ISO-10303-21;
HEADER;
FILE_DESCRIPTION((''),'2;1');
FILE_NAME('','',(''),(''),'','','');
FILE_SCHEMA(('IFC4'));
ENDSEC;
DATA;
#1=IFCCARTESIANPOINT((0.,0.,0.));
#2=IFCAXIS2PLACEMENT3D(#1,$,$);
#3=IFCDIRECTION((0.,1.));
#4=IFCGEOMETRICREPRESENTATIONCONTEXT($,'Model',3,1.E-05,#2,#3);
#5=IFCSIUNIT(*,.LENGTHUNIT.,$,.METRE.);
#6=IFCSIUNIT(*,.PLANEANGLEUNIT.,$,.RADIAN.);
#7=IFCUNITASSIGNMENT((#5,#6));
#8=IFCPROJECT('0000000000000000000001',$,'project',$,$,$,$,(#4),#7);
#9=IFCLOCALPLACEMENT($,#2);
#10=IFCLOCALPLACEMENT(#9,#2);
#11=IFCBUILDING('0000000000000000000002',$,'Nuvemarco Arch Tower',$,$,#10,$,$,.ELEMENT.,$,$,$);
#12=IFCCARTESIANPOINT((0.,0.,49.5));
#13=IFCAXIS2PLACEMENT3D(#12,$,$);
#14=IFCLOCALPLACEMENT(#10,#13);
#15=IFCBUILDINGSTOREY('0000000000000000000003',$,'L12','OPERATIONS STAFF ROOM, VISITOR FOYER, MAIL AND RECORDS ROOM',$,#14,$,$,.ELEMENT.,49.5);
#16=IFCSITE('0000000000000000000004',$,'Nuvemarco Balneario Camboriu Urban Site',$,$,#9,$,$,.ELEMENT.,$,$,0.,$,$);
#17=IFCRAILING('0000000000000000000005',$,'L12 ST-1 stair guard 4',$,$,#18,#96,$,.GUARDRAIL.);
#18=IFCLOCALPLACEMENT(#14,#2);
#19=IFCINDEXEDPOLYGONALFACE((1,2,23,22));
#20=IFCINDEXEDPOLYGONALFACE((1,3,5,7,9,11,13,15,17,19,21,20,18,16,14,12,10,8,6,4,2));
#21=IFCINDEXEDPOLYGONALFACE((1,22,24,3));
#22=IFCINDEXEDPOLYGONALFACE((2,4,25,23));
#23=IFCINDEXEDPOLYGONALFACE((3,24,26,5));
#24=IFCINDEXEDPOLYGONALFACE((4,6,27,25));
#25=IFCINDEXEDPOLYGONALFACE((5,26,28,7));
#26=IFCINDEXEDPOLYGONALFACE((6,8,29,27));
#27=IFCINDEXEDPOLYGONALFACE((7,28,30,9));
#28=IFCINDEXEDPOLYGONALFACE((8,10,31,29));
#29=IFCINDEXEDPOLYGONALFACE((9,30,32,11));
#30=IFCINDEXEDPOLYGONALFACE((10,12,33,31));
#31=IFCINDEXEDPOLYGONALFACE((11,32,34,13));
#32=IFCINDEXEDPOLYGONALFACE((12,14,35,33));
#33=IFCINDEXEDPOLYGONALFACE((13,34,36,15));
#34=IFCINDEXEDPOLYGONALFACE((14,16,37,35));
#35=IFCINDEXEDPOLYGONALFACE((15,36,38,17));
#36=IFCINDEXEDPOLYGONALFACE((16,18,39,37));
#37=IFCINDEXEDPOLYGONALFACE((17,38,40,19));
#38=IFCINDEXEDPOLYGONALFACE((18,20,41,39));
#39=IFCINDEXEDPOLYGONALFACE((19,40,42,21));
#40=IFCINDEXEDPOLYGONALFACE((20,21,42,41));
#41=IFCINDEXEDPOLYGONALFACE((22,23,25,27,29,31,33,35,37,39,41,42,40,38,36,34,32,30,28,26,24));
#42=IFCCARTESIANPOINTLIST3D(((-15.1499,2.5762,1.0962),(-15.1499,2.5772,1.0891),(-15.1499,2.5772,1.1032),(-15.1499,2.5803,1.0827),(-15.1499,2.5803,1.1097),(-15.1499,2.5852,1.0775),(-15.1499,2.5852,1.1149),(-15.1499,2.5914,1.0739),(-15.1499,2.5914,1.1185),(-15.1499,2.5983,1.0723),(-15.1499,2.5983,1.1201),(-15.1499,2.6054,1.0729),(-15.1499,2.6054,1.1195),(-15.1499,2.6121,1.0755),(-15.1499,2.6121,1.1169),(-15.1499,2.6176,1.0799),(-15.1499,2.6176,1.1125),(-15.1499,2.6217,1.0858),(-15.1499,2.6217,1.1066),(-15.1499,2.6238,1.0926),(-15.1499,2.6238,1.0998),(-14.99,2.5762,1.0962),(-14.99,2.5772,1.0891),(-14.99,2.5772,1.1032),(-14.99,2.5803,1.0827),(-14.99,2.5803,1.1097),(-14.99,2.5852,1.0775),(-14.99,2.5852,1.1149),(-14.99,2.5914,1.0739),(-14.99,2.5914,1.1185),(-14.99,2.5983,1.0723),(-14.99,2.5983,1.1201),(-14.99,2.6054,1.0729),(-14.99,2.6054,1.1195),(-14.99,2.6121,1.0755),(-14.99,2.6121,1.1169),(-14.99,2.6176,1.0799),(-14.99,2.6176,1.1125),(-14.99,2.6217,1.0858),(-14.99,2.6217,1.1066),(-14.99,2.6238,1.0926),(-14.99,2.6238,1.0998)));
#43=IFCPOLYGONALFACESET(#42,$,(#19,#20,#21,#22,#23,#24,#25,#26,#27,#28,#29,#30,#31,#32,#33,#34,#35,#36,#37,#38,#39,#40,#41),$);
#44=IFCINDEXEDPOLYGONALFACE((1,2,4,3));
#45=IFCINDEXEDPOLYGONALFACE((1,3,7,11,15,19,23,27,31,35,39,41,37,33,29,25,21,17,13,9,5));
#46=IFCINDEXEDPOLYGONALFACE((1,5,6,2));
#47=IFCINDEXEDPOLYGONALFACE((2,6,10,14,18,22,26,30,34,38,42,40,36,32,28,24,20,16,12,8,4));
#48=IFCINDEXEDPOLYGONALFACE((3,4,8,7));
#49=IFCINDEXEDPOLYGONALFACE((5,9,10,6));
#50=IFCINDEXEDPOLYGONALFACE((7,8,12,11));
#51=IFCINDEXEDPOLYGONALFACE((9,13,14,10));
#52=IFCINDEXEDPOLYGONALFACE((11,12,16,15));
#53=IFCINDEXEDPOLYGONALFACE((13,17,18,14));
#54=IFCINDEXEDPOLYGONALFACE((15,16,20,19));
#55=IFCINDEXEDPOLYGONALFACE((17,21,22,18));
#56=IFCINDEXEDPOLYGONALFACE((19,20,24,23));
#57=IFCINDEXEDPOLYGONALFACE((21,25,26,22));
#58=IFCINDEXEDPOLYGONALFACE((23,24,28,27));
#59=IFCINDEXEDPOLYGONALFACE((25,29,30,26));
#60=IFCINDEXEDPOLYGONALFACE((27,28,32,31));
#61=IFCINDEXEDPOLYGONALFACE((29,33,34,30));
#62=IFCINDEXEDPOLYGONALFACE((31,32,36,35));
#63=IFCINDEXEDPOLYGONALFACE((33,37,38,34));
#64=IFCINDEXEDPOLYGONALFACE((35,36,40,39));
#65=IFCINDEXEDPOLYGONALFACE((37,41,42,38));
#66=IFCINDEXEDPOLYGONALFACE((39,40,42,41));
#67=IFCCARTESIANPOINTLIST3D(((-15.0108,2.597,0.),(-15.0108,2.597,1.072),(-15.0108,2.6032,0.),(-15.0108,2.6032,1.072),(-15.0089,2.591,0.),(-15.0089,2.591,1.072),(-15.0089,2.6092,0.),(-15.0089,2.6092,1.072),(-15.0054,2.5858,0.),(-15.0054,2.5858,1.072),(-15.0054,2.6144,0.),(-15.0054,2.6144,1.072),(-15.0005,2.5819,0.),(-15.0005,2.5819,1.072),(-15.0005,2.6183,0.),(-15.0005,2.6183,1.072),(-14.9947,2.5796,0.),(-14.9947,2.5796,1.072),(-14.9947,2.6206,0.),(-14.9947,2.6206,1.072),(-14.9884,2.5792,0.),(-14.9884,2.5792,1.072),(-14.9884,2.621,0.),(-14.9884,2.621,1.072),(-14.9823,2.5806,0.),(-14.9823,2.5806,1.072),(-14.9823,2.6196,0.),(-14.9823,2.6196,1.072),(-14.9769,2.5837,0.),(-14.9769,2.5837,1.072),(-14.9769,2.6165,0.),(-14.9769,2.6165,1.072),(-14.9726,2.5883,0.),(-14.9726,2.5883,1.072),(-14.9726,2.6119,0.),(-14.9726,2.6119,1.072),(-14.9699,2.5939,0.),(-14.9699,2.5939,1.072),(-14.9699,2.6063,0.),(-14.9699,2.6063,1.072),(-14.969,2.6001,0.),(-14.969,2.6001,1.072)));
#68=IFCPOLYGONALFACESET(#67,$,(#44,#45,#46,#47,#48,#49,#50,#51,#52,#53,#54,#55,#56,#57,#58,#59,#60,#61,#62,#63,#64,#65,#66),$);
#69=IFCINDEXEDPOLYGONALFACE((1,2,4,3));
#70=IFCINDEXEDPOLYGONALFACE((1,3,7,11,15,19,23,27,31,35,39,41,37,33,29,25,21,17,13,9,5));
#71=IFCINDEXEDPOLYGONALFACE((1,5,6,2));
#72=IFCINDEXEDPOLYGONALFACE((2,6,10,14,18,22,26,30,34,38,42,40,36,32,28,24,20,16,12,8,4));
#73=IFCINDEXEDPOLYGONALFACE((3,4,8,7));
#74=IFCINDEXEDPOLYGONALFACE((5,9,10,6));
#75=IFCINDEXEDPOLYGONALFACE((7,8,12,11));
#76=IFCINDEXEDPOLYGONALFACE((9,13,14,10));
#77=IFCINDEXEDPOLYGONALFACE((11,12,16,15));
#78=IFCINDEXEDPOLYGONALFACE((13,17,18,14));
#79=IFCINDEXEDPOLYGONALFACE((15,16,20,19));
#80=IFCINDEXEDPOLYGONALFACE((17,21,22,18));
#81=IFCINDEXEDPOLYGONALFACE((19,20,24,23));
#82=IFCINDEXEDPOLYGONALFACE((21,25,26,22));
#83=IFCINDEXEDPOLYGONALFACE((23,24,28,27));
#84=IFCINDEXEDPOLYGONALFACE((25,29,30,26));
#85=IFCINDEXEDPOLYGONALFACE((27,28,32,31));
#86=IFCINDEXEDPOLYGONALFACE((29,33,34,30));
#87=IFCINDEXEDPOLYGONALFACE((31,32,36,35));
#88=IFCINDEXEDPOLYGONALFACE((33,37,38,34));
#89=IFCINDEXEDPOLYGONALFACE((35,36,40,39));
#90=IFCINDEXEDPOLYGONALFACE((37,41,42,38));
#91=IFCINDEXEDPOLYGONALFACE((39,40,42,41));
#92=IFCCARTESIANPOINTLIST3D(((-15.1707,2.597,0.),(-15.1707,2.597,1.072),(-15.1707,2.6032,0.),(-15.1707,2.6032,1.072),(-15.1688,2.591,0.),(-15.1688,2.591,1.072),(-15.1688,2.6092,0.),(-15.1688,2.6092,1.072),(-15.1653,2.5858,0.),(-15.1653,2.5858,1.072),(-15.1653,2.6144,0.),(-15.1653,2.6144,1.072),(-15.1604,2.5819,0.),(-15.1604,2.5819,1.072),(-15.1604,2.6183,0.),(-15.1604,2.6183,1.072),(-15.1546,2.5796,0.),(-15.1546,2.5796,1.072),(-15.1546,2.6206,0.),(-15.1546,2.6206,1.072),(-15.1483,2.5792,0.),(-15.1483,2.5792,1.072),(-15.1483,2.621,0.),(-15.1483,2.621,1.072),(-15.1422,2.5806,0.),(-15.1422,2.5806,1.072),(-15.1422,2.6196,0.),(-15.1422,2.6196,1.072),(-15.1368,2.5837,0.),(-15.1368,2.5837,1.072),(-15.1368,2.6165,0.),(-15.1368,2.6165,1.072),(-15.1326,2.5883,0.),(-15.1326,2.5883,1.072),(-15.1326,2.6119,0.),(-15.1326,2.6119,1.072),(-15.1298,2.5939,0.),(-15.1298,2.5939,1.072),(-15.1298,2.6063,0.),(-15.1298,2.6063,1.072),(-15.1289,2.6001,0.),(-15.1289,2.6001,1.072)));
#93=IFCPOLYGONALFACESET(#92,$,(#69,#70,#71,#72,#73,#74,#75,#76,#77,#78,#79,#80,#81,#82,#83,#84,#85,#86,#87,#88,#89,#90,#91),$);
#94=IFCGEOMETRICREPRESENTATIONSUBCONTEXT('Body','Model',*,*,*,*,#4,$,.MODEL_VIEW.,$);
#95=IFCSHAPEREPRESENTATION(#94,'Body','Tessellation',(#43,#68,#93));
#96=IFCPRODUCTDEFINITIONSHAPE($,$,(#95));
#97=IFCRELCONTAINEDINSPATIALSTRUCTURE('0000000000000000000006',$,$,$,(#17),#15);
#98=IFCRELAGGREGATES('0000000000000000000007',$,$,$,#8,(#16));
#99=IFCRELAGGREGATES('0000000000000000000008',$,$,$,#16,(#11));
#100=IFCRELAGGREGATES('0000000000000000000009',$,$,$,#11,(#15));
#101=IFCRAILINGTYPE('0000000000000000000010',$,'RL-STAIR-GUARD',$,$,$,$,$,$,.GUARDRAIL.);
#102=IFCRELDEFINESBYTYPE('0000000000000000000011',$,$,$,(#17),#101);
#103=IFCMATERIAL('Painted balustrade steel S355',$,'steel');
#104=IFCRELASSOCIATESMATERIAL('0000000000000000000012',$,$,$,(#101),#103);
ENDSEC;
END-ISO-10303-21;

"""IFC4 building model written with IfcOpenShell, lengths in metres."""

from ifc_helpers import new_model, si_unit, direction, frame, origin, origin_2d, place, context, subcontext, project, spatial, circle, extrude, material, type_object, element, save


model = new_model("IFC4")

# Units and contexts
model_context = context("Model", 3, precision=1e-05, world=origin(), true_north=direction((0.0, 1.0)))
body_context = subcontext(model_context, "Body", "Model", "MODEL_VIEW")
ifc_project = project(units=[si_unit("LENGTHUNIT", "METRE"), si_unit("PLANEANGLEUNIT", "RADIAN")], contexts=[model_context])

# Site, building, storey
site_placement = place(None, origin())
site = spatial("IfcSite", under=ifc_project, at=site_placement, Name="Nuvemarco Balneario Camboriu Urban Site", CompositionType="ELEMENT", RefElevation=0.0)
building_placement = place(site_placement, origin())
building = spatial("IfcBuilding", under=site, at=building_placement, Name="Nuvemarco Arch Tower", CompositionType="ELEMENT")
storey_placement = place(building_placement, frame((0.0, 0.0, 49.5)))
storey = spatial("IfcBuildingStorey", under=building, at=storey_placement, Name="L12", Description="OPERATIONS STAFF ROOM, VISITOR FOYER, MAIL AND RECORDS ROOM", CompositionType="ELEMENT", Elevation=49.5)

# Railing
ifc_material_1 = material(Name="Painted balustrade steel S355", Category="steel")
railing_type_1 = type_object("IfcRailingType", Name="RL-STAIR-GUARD", PredefinedType="GUARDRAIL", material=ifc_material_1)
railing_1_placement = place(storey_placement, frame((-14.99, 2.6001, 0.0)))
element("IfcRailing", 1, at=railing_1_placement, inside=storey, type_object=railing_type_1, Name="L12 ST-1 stair guard 4", PredefinedType="GUARDRAIL", context=body_context, shape_type="SweptSolid", body=[
    extrude(circle(Radius=0.0239, at=origin_2d()), frame((0.0, 0.0, 1.0962), z_axis=(-1.0, 0.0, 0.0), x_axis=(0.0, -1.0, 0.0)), (0.0, 0.0, 1.0), 0.1599),
    extrude(circle(Radius=0.021, at=origin_2d()), origin(), (0.0, 0.0, 1.0), 1.072),
    extrude(circle(Radius=0.021, at=origin_2d()), frame((-0.1599, 0.0, 0.0)), (0.0, 0.0, 1.0), 1.072),
])

save(model, "model.ifc")
